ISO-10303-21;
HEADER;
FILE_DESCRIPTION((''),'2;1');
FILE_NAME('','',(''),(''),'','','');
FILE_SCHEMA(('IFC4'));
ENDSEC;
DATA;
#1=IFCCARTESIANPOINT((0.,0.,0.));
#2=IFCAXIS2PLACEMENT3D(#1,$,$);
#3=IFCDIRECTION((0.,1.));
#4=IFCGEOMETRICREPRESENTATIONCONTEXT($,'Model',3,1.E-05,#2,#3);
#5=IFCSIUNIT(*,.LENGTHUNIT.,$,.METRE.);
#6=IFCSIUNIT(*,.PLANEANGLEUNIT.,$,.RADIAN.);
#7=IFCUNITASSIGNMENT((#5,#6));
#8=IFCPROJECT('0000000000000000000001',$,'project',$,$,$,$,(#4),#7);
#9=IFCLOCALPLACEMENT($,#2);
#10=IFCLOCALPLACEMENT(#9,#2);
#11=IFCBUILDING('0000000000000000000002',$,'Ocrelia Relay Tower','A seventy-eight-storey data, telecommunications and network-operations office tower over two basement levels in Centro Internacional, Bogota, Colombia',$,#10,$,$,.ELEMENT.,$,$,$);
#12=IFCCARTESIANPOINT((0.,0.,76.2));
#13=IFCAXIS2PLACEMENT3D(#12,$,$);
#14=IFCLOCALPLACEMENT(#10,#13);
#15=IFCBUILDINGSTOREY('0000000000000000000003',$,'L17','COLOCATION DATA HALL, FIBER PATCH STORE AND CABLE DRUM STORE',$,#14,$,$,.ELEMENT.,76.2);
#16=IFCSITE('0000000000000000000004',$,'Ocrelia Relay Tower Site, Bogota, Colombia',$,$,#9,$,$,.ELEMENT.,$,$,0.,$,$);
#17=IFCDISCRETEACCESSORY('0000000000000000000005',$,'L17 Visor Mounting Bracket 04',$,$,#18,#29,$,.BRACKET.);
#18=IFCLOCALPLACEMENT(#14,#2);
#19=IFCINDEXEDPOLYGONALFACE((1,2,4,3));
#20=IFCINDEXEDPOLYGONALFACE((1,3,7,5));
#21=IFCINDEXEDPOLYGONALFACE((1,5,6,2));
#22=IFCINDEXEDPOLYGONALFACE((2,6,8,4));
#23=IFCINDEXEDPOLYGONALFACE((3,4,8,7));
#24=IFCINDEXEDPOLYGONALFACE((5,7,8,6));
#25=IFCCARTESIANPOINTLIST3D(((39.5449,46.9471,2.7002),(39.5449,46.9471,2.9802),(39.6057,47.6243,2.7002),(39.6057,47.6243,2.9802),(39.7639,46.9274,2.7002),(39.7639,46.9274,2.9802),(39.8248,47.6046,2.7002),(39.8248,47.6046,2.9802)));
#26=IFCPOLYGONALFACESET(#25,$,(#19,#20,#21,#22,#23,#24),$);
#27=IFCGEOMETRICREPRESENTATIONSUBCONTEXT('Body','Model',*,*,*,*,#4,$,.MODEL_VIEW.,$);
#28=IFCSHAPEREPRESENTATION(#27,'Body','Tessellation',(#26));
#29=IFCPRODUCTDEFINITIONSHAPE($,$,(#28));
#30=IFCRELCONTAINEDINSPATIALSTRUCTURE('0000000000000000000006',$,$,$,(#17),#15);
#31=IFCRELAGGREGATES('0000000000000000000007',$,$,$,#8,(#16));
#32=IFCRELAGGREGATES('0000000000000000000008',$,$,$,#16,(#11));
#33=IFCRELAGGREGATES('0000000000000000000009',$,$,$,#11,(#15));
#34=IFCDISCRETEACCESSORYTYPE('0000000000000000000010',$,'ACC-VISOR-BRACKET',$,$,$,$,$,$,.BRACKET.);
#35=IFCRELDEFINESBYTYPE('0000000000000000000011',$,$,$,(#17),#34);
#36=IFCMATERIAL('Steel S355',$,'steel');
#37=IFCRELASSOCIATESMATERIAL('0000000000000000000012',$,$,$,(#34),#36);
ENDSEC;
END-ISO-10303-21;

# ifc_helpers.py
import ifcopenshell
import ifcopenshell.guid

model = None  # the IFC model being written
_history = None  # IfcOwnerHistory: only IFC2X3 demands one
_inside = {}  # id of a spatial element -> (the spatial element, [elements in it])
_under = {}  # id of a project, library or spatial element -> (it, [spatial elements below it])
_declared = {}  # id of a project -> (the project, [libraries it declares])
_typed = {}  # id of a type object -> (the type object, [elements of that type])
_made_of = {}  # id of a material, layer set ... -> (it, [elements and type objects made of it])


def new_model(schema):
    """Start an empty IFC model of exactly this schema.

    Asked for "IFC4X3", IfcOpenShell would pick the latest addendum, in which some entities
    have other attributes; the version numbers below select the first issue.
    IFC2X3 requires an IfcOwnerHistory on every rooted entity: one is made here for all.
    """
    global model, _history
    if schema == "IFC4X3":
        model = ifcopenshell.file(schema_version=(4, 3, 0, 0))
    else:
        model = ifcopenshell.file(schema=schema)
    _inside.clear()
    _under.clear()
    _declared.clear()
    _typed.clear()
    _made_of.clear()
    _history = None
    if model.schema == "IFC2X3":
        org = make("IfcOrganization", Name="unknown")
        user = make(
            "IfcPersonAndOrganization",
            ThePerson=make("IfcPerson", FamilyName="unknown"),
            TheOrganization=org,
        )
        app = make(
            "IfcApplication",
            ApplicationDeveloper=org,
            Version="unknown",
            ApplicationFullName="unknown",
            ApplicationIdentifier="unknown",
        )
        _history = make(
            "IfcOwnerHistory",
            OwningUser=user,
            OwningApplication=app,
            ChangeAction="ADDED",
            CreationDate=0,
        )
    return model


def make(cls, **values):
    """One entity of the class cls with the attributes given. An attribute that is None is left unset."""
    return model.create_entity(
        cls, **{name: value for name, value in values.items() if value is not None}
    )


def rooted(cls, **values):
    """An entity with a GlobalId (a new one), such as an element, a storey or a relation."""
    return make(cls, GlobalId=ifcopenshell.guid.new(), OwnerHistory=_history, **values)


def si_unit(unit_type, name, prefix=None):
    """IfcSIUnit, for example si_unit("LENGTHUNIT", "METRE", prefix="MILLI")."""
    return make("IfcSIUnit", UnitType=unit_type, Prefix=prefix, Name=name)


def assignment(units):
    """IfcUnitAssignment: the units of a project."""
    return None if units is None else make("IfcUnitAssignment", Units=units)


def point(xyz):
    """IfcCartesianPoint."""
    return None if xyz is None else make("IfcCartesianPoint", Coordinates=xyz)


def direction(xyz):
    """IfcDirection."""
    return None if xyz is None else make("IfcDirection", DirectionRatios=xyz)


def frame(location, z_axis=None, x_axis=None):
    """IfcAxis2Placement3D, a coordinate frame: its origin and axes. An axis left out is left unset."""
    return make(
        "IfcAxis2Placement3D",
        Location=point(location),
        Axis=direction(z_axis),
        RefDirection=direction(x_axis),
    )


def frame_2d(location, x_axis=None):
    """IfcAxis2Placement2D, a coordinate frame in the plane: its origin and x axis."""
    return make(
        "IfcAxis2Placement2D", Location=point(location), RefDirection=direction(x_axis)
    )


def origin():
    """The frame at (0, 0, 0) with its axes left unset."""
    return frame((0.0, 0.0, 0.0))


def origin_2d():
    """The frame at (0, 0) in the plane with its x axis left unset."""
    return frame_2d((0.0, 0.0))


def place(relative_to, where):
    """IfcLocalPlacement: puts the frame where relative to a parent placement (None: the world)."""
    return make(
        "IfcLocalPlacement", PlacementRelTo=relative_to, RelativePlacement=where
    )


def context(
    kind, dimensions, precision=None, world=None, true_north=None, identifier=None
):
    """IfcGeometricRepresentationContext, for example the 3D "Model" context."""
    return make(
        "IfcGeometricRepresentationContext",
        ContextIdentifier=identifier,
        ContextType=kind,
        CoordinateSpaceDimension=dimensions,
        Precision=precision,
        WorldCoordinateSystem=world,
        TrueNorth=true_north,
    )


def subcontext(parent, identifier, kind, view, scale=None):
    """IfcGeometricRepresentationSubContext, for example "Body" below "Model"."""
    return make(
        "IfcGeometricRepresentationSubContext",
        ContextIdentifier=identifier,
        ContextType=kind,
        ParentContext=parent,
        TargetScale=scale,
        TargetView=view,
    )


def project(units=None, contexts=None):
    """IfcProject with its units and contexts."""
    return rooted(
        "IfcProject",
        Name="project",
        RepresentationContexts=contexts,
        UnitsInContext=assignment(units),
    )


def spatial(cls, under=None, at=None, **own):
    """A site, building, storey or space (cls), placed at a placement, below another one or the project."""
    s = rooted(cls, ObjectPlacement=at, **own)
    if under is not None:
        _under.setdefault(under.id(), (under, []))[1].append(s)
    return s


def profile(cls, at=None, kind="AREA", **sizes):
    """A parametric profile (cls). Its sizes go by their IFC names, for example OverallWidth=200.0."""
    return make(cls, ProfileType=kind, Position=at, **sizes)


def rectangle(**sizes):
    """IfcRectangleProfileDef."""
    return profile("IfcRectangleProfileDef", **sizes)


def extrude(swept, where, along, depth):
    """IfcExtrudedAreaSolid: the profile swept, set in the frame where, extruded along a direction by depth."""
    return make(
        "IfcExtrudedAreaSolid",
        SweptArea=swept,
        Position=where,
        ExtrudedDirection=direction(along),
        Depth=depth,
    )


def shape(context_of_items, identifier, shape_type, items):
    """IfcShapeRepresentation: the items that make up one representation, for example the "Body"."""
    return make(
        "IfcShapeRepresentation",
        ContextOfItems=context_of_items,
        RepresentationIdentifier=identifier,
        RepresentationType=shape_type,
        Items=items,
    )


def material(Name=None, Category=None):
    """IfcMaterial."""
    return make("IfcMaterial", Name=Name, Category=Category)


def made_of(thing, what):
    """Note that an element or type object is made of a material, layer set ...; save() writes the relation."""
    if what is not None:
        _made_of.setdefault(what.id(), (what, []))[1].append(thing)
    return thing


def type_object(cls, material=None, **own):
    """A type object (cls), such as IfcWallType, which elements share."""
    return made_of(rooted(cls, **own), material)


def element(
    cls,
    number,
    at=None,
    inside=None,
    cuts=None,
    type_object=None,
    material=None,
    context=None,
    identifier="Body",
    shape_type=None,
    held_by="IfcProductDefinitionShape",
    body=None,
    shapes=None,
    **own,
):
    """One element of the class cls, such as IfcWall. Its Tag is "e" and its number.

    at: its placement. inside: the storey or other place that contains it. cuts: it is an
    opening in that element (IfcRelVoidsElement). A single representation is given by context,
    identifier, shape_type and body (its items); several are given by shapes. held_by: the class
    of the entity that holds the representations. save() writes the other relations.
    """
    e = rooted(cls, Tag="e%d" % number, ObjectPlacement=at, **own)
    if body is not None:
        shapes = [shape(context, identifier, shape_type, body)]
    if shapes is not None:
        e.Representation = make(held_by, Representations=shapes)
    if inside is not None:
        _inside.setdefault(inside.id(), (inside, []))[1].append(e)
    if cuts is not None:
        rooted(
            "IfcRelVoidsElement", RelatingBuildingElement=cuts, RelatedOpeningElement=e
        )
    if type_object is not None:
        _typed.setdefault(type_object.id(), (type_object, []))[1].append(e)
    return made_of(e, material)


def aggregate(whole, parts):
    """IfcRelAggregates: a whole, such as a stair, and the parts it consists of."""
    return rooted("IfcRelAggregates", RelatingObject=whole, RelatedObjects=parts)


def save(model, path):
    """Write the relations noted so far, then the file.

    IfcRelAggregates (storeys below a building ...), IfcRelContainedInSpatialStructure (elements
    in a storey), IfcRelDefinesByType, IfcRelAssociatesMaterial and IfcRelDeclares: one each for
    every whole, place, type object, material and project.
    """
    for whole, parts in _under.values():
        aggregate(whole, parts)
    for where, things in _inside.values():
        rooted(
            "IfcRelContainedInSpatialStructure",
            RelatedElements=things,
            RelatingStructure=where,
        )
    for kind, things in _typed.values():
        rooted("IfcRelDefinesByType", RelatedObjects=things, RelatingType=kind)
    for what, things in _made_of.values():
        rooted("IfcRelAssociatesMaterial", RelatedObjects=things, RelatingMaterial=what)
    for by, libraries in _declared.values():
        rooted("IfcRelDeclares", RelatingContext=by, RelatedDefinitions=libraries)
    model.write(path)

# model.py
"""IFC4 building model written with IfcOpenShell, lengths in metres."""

from ifc_helpers import new_model, si_unit, direction, frame, origin, origin_2d, place, context, subcontext, project, spatial, rectangle, extrude, material, type_object, element, save


model = new_model("IFC4")

# Units and contexts
model_context = context("Model", 3, precision=1e-05, world=origin(), true_north=direction((0.0, 1.0)))
body_context = subcontext(model_context, "Body", "Model", "MODEL_VIEW")
ifc_project = project(units=[si_unit("LENGTHUNIT", "METRE"), si_unit("PLANEANGLEUNIT", "RADIAN")], contexts=[model_context])

# Site, building, storey
site_placement = place(None, origin())
site = spatial("IfcSite", under=ifc_project, at=site_placement, Name="Ocrelia Relay Tower Site, Bogota, Colombia", CompositionType="ELEMENT", RefElevation=0.0)
building_placement = place(site_placement, origin())
building = spatial("IfcBuilding", under=site, at=building_placement, Name="Ocrelia Relay Tower", Description="A seventy-eight-storey data, telecommunications and network-operations office tower over two basement levels in Centro Internacional, Bogota, Colombia", CompositionType="ELEMENT")
storey_placement = place(building_placement, frame((0.0, 0.0, 76.2)))
storey = spatial("IfcBuildingStorey", under=building, at=storey_placement, Name="L17", Description="COLOCATION DATA HALL, FIBER PATCH STORE AND CABLE DRUM STORE", CompositionType="ELEMENT", Elevation=76.2)

# Shared definitions
ifc_material_1 = material(Name="Steel S355", Category="steel")

# Discrete accessory
discrete_accessory_type = type_object("IfcDiscreteAccessoryType", Name="ACC-VISOR-BRACKET", PredefinedType="BRACKET", material=ifc_material_1)
discrete_accessory_placement = place(storey_placement, frame((39.6848, 47.2759, 2.7002), z_axis=(0.0, 0.0, 1.0), x_axis=(-0.99599, 0.08946, 0.0)))
element("IfcDiscreteAccessory", 1, at=discrete_accessory_placement, inside=storey, type_object=discrete_accessory_type, Name="L17 Visor Mounting Bracket 04", PredefinedType="BRACKET", context=body_context, shape_type="SweptSolid", body=[
    extrude(rectangle(XDim=0.22, YDim=0.6799, at=origin_2d()), origin(), (0.0, 0.0, 1.0), 0.28),
])

save(model, "model.ifc")
